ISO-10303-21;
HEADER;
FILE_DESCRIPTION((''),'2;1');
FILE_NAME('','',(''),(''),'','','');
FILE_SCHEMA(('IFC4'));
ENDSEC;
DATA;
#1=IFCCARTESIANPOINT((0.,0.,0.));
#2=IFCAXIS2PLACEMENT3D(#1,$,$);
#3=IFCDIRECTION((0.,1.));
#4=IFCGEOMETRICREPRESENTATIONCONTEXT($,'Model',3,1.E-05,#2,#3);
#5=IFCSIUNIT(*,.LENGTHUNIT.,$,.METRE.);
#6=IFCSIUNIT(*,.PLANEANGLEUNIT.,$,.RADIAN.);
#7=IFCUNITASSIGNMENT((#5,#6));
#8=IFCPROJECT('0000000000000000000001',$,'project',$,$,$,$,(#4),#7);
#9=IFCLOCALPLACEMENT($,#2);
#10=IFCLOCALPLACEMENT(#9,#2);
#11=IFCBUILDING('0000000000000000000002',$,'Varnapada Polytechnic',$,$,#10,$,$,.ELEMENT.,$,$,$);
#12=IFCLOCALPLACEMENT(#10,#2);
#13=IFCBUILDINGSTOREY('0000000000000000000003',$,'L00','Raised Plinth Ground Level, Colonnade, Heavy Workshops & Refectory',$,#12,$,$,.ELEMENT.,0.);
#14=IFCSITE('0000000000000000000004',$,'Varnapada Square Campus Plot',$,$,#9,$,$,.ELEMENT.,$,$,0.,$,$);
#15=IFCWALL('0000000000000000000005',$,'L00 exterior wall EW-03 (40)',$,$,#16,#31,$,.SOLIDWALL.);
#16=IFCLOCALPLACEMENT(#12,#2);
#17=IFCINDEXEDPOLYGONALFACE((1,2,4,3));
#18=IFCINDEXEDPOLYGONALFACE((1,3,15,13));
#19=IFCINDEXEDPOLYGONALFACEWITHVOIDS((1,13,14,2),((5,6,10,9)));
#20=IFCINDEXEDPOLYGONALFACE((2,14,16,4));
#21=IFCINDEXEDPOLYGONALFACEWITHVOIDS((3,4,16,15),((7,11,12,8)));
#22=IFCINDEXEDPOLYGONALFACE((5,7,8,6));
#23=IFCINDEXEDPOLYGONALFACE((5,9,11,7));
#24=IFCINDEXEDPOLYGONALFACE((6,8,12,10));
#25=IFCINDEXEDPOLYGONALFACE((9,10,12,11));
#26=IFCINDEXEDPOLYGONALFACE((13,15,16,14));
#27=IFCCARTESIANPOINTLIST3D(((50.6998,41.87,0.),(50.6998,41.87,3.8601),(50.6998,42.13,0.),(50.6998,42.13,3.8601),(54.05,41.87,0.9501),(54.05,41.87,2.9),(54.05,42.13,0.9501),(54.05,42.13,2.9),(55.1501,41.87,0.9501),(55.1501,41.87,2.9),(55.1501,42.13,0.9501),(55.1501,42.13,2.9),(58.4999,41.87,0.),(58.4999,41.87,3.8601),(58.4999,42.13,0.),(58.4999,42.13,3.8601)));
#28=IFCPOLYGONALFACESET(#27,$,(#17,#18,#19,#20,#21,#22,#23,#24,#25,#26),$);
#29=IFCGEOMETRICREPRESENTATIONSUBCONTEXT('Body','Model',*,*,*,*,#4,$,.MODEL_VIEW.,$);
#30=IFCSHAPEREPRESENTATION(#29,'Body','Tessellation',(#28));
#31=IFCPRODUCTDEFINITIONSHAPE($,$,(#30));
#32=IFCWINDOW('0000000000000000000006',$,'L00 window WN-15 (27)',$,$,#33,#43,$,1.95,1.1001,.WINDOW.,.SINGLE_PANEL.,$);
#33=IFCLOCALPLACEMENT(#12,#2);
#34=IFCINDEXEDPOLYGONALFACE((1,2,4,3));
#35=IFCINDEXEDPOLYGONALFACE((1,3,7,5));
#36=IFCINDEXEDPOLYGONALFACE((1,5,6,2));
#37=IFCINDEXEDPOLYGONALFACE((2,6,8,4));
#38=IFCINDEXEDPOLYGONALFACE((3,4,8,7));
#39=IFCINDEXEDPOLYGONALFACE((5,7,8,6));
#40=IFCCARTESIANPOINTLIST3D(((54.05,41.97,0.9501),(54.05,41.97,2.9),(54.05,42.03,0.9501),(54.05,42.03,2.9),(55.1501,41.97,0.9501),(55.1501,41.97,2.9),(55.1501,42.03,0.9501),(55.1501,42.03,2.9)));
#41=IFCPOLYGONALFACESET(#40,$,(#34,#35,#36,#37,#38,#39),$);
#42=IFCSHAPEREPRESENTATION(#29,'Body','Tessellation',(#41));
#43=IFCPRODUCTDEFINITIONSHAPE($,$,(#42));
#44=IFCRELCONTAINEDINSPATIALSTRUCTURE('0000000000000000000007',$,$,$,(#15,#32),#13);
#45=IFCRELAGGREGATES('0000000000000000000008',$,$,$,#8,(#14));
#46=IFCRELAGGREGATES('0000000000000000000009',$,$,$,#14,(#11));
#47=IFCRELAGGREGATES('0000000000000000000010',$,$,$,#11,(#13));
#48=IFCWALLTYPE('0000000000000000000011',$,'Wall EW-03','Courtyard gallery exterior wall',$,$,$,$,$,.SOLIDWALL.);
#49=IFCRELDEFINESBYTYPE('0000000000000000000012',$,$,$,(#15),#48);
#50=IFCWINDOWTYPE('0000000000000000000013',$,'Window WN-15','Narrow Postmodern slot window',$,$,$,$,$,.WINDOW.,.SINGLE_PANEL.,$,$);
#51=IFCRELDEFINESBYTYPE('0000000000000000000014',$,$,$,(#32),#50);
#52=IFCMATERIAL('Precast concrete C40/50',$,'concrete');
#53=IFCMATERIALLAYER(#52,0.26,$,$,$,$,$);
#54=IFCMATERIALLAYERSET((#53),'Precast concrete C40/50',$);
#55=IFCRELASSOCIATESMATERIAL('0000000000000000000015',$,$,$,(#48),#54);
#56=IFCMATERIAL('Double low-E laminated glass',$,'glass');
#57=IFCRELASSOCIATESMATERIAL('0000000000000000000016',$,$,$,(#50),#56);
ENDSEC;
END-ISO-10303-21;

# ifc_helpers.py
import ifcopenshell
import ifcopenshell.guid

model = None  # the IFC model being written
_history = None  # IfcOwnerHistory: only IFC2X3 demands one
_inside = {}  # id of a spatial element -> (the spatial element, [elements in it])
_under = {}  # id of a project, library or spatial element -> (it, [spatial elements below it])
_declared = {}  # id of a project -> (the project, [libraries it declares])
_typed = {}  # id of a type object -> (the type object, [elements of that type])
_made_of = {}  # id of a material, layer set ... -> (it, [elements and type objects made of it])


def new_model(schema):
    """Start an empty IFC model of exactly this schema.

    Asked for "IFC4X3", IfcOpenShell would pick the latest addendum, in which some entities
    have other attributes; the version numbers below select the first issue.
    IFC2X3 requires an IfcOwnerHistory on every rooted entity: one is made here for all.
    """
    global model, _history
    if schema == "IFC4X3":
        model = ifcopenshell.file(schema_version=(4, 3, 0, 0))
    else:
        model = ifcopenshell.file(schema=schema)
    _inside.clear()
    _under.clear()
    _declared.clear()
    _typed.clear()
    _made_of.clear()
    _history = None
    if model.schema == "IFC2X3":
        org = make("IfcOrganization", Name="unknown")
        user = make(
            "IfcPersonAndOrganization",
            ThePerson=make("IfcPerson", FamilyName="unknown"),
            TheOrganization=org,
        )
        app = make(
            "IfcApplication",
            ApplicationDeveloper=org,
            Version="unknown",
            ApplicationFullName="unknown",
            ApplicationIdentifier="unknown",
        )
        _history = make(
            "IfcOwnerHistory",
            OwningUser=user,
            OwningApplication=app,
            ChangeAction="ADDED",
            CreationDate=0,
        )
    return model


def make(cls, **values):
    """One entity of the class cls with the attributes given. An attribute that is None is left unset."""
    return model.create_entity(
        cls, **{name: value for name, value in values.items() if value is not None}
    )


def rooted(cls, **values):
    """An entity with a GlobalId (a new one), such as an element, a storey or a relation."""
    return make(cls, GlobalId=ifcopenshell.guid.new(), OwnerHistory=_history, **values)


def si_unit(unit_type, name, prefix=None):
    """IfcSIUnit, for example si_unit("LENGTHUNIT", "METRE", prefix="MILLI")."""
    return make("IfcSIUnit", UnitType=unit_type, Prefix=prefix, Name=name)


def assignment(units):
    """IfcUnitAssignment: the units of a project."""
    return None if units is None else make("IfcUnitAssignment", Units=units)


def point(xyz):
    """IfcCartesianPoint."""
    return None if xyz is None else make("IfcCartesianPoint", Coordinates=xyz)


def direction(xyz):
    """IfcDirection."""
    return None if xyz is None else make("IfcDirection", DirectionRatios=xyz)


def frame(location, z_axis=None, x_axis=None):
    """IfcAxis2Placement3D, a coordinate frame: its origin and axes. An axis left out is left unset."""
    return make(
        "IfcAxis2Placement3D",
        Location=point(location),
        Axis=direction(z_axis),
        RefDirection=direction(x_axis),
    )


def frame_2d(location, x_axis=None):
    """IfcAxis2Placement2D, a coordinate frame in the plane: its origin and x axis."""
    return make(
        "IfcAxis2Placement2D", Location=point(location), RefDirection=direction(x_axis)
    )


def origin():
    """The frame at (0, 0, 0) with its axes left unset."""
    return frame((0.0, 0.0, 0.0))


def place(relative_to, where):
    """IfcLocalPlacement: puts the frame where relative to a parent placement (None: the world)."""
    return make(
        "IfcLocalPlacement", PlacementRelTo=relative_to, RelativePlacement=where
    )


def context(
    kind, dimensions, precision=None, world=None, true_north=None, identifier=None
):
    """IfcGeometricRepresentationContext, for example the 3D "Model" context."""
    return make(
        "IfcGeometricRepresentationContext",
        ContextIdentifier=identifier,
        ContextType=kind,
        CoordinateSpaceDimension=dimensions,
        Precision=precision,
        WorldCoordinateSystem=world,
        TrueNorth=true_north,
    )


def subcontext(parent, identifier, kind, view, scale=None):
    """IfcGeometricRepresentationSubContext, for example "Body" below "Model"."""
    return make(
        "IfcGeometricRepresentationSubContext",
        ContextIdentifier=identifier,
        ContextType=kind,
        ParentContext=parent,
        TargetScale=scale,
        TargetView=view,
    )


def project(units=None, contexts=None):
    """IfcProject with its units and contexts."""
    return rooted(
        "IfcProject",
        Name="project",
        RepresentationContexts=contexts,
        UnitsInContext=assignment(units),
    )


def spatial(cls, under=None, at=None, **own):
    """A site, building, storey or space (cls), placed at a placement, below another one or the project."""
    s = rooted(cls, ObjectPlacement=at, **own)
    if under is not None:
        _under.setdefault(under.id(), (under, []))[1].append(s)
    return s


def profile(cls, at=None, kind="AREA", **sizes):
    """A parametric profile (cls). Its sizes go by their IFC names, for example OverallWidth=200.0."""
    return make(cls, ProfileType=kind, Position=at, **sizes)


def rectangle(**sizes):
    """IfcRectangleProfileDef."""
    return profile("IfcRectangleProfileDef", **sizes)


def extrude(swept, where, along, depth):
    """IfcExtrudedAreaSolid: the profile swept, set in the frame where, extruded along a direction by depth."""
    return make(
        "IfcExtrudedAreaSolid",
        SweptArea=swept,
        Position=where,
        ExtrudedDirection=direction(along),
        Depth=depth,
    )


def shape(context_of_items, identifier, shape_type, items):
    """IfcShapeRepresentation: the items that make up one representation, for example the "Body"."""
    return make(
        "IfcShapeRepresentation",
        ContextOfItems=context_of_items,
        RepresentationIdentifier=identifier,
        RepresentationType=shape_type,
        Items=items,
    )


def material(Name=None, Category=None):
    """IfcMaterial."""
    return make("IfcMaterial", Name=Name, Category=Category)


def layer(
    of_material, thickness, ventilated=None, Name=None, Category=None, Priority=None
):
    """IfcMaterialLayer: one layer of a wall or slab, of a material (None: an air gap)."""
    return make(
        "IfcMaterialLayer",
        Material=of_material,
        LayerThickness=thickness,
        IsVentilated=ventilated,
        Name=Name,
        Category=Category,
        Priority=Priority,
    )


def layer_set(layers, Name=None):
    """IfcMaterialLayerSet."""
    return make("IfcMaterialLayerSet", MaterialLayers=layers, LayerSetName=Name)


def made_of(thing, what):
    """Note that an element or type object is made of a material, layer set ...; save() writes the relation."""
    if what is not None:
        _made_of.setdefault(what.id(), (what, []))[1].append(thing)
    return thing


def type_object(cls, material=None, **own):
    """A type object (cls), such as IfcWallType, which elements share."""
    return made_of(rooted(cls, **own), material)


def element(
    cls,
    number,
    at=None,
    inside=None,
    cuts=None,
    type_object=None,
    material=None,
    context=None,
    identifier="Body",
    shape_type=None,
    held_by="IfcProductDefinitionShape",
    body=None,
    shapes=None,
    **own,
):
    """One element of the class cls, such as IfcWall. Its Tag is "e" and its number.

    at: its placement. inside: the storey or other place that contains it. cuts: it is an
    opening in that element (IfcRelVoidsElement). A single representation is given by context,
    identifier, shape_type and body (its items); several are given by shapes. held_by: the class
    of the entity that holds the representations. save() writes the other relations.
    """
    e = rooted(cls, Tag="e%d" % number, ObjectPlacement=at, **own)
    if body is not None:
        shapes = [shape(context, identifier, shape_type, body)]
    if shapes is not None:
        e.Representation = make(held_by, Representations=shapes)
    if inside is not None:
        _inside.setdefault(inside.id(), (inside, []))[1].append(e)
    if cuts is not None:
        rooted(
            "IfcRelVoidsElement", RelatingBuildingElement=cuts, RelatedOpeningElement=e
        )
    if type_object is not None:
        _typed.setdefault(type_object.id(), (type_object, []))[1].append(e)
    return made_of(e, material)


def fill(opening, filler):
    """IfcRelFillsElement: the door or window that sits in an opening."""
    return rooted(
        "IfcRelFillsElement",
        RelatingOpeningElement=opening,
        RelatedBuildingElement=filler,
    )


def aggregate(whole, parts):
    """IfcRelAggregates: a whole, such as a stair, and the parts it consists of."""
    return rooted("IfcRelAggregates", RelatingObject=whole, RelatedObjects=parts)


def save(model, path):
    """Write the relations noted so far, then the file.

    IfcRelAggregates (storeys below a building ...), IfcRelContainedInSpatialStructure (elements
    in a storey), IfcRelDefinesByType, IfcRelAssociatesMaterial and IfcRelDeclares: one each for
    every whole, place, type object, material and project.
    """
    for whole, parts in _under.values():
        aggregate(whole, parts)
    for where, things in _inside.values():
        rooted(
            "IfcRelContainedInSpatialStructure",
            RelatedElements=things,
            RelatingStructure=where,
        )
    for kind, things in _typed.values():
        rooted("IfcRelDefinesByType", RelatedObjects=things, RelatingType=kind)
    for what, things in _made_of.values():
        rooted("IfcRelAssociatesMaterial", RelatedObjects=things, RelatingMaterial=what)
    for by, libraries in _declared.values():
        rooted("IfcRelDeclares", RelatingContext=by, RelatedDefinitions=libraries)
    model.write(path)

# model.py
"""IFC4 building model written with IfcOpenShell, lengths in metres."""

from ifc_helpers import new_model, si_unit, direction, frame, frame_2d, origin, place, context, subcontext, project, spatial, rectangle, extrude, material, layer, layer_set, type_object, element, fill, save


model = new_model("IFC4")

# Units and contexts
model_context = context("Model", 3, precision=1e-05, world=origin(), true_north=direction((0.0, 1.0)))
body_context = subcontext(model_context, "Body", "Model", "MODEL_VIEW")
ifc_project = project(units=[si_unit("LENGTHUNIT", "METRE"), si_unit("PLANEANGLEUNIT", "RADIAN")], contexts=[model_context])

# Site, building, storey
site_placement = place(None, origin())
site = spatial("IfcSite", under=ifc_project, at=site_placement, Name="Varnapada Square Campus Plot", CompositionType="ELEMENT", RefElevation=0.0)
building_placement = place(site_placement, origin())
building = spatial("IfcBuilding", under=site, at=building_placement, Name="Varnapada Polytechnic", CompositionType="ELEMENT")
storey_placement = place(building_placement, origin())
storey = spatial("IfcBuildingStorey", under=building, at=storey_placement, Name="L00", Description="Raised Plinth Ground Level, Colonnade, Heavy Workshops & Refectory", CompositionType="ELEMENT", Elevation=0.0)

# Shared definitions
ifc_material_1 = material(Name="Double low-E laminated glass", Category="glass")

# Wall, opening, window
ifc_material_2 = material(Name="Precast concrete C40/50", Category="concrete")
ifc_layer_1 = layer(ifc_material_2, 0.26)
ifc_layer_set_1 = layer_set([ifc_layer_1], Name="Precast concrete C40/50")
wall_type = type_object("IfcWallType", Name="Wall EW-03", Description="Courtyard gallery exterior wall", PredefinedType="SOLIDWALL", material=ifc_layer_set_1)
wall_placement = place(storey_placement, frame((50.7, 42.0, 0.0), z_axis=(0.0, 0.0, 1.0), x_axis=(1.0, 0.0, 0.0)))
wall = element("IfcWall", 1, at=wall_placement, inside=storey, type_object=wall_type, Name="L00 exterior wall EW-03 (40)", PredefinedType="SOLIDWALL", context=body_context, shape_type="SweptSolid", body=[
    extrude(rectangle(XDim=7.8, YDim=0.26, at=frame_2d((3.8999, 0.0))), origin(), (0.0, 0.0, 1.0), 3.8601),
])
opening_placement = place(wall_placement, frame((3.3501, 0.0, 0.95)))
opening = element("IfcOpeningElement", 2, at=opening_placement, cuts=wall, PredefinedType="OPENING", context=body_context, shape_type="SweptSolid", body=[
    extrude(rectangle(XDim=1.1001, YDim=1.95, at=frame_2d((0.55, 0.9751))), frame((0.0, 0.1399, 0.0), z_axis=(0.0, -1.0, 0.0), x_axis=(1.0, 0.0, 0.0)), (0.0, 0.0, 1.0), 0.28),
])
window_type = type_object("IfcWindowType", Name="Window WN-15", Description="Narrow Postmodern slot window", PartitioningType="SINGLE_PANEL", PredefinedType="WINDOW", material=ifc_material_1)
window_placement = place(opening_placement, origin())
window = element("IfcWindow", 3, at=window_placement, inside=storey, type_object=window_type, Name="L00 window WN-15 (27)", OverallHeight=1.95, OverallWidth=1.1001, PartitioningType="SINGLE_PANEL", PredefinedType="WINDOW", context=body_context, shape_type="SweptSolid", body=[
    extrude(rectangle(XDim=1.1001, YDim=1.95, at=frame_2d((0.55, 0.9751))), frame((0.0, 0.03, 0.0), z_axis=(0.0, -1.0, 0.0), x_axis=(1.0, 0.0, 0.0)), (0.0, 0.0, 1.0), 0.0601),
])
fill(opening, window)

save(model, "model.ifc")
